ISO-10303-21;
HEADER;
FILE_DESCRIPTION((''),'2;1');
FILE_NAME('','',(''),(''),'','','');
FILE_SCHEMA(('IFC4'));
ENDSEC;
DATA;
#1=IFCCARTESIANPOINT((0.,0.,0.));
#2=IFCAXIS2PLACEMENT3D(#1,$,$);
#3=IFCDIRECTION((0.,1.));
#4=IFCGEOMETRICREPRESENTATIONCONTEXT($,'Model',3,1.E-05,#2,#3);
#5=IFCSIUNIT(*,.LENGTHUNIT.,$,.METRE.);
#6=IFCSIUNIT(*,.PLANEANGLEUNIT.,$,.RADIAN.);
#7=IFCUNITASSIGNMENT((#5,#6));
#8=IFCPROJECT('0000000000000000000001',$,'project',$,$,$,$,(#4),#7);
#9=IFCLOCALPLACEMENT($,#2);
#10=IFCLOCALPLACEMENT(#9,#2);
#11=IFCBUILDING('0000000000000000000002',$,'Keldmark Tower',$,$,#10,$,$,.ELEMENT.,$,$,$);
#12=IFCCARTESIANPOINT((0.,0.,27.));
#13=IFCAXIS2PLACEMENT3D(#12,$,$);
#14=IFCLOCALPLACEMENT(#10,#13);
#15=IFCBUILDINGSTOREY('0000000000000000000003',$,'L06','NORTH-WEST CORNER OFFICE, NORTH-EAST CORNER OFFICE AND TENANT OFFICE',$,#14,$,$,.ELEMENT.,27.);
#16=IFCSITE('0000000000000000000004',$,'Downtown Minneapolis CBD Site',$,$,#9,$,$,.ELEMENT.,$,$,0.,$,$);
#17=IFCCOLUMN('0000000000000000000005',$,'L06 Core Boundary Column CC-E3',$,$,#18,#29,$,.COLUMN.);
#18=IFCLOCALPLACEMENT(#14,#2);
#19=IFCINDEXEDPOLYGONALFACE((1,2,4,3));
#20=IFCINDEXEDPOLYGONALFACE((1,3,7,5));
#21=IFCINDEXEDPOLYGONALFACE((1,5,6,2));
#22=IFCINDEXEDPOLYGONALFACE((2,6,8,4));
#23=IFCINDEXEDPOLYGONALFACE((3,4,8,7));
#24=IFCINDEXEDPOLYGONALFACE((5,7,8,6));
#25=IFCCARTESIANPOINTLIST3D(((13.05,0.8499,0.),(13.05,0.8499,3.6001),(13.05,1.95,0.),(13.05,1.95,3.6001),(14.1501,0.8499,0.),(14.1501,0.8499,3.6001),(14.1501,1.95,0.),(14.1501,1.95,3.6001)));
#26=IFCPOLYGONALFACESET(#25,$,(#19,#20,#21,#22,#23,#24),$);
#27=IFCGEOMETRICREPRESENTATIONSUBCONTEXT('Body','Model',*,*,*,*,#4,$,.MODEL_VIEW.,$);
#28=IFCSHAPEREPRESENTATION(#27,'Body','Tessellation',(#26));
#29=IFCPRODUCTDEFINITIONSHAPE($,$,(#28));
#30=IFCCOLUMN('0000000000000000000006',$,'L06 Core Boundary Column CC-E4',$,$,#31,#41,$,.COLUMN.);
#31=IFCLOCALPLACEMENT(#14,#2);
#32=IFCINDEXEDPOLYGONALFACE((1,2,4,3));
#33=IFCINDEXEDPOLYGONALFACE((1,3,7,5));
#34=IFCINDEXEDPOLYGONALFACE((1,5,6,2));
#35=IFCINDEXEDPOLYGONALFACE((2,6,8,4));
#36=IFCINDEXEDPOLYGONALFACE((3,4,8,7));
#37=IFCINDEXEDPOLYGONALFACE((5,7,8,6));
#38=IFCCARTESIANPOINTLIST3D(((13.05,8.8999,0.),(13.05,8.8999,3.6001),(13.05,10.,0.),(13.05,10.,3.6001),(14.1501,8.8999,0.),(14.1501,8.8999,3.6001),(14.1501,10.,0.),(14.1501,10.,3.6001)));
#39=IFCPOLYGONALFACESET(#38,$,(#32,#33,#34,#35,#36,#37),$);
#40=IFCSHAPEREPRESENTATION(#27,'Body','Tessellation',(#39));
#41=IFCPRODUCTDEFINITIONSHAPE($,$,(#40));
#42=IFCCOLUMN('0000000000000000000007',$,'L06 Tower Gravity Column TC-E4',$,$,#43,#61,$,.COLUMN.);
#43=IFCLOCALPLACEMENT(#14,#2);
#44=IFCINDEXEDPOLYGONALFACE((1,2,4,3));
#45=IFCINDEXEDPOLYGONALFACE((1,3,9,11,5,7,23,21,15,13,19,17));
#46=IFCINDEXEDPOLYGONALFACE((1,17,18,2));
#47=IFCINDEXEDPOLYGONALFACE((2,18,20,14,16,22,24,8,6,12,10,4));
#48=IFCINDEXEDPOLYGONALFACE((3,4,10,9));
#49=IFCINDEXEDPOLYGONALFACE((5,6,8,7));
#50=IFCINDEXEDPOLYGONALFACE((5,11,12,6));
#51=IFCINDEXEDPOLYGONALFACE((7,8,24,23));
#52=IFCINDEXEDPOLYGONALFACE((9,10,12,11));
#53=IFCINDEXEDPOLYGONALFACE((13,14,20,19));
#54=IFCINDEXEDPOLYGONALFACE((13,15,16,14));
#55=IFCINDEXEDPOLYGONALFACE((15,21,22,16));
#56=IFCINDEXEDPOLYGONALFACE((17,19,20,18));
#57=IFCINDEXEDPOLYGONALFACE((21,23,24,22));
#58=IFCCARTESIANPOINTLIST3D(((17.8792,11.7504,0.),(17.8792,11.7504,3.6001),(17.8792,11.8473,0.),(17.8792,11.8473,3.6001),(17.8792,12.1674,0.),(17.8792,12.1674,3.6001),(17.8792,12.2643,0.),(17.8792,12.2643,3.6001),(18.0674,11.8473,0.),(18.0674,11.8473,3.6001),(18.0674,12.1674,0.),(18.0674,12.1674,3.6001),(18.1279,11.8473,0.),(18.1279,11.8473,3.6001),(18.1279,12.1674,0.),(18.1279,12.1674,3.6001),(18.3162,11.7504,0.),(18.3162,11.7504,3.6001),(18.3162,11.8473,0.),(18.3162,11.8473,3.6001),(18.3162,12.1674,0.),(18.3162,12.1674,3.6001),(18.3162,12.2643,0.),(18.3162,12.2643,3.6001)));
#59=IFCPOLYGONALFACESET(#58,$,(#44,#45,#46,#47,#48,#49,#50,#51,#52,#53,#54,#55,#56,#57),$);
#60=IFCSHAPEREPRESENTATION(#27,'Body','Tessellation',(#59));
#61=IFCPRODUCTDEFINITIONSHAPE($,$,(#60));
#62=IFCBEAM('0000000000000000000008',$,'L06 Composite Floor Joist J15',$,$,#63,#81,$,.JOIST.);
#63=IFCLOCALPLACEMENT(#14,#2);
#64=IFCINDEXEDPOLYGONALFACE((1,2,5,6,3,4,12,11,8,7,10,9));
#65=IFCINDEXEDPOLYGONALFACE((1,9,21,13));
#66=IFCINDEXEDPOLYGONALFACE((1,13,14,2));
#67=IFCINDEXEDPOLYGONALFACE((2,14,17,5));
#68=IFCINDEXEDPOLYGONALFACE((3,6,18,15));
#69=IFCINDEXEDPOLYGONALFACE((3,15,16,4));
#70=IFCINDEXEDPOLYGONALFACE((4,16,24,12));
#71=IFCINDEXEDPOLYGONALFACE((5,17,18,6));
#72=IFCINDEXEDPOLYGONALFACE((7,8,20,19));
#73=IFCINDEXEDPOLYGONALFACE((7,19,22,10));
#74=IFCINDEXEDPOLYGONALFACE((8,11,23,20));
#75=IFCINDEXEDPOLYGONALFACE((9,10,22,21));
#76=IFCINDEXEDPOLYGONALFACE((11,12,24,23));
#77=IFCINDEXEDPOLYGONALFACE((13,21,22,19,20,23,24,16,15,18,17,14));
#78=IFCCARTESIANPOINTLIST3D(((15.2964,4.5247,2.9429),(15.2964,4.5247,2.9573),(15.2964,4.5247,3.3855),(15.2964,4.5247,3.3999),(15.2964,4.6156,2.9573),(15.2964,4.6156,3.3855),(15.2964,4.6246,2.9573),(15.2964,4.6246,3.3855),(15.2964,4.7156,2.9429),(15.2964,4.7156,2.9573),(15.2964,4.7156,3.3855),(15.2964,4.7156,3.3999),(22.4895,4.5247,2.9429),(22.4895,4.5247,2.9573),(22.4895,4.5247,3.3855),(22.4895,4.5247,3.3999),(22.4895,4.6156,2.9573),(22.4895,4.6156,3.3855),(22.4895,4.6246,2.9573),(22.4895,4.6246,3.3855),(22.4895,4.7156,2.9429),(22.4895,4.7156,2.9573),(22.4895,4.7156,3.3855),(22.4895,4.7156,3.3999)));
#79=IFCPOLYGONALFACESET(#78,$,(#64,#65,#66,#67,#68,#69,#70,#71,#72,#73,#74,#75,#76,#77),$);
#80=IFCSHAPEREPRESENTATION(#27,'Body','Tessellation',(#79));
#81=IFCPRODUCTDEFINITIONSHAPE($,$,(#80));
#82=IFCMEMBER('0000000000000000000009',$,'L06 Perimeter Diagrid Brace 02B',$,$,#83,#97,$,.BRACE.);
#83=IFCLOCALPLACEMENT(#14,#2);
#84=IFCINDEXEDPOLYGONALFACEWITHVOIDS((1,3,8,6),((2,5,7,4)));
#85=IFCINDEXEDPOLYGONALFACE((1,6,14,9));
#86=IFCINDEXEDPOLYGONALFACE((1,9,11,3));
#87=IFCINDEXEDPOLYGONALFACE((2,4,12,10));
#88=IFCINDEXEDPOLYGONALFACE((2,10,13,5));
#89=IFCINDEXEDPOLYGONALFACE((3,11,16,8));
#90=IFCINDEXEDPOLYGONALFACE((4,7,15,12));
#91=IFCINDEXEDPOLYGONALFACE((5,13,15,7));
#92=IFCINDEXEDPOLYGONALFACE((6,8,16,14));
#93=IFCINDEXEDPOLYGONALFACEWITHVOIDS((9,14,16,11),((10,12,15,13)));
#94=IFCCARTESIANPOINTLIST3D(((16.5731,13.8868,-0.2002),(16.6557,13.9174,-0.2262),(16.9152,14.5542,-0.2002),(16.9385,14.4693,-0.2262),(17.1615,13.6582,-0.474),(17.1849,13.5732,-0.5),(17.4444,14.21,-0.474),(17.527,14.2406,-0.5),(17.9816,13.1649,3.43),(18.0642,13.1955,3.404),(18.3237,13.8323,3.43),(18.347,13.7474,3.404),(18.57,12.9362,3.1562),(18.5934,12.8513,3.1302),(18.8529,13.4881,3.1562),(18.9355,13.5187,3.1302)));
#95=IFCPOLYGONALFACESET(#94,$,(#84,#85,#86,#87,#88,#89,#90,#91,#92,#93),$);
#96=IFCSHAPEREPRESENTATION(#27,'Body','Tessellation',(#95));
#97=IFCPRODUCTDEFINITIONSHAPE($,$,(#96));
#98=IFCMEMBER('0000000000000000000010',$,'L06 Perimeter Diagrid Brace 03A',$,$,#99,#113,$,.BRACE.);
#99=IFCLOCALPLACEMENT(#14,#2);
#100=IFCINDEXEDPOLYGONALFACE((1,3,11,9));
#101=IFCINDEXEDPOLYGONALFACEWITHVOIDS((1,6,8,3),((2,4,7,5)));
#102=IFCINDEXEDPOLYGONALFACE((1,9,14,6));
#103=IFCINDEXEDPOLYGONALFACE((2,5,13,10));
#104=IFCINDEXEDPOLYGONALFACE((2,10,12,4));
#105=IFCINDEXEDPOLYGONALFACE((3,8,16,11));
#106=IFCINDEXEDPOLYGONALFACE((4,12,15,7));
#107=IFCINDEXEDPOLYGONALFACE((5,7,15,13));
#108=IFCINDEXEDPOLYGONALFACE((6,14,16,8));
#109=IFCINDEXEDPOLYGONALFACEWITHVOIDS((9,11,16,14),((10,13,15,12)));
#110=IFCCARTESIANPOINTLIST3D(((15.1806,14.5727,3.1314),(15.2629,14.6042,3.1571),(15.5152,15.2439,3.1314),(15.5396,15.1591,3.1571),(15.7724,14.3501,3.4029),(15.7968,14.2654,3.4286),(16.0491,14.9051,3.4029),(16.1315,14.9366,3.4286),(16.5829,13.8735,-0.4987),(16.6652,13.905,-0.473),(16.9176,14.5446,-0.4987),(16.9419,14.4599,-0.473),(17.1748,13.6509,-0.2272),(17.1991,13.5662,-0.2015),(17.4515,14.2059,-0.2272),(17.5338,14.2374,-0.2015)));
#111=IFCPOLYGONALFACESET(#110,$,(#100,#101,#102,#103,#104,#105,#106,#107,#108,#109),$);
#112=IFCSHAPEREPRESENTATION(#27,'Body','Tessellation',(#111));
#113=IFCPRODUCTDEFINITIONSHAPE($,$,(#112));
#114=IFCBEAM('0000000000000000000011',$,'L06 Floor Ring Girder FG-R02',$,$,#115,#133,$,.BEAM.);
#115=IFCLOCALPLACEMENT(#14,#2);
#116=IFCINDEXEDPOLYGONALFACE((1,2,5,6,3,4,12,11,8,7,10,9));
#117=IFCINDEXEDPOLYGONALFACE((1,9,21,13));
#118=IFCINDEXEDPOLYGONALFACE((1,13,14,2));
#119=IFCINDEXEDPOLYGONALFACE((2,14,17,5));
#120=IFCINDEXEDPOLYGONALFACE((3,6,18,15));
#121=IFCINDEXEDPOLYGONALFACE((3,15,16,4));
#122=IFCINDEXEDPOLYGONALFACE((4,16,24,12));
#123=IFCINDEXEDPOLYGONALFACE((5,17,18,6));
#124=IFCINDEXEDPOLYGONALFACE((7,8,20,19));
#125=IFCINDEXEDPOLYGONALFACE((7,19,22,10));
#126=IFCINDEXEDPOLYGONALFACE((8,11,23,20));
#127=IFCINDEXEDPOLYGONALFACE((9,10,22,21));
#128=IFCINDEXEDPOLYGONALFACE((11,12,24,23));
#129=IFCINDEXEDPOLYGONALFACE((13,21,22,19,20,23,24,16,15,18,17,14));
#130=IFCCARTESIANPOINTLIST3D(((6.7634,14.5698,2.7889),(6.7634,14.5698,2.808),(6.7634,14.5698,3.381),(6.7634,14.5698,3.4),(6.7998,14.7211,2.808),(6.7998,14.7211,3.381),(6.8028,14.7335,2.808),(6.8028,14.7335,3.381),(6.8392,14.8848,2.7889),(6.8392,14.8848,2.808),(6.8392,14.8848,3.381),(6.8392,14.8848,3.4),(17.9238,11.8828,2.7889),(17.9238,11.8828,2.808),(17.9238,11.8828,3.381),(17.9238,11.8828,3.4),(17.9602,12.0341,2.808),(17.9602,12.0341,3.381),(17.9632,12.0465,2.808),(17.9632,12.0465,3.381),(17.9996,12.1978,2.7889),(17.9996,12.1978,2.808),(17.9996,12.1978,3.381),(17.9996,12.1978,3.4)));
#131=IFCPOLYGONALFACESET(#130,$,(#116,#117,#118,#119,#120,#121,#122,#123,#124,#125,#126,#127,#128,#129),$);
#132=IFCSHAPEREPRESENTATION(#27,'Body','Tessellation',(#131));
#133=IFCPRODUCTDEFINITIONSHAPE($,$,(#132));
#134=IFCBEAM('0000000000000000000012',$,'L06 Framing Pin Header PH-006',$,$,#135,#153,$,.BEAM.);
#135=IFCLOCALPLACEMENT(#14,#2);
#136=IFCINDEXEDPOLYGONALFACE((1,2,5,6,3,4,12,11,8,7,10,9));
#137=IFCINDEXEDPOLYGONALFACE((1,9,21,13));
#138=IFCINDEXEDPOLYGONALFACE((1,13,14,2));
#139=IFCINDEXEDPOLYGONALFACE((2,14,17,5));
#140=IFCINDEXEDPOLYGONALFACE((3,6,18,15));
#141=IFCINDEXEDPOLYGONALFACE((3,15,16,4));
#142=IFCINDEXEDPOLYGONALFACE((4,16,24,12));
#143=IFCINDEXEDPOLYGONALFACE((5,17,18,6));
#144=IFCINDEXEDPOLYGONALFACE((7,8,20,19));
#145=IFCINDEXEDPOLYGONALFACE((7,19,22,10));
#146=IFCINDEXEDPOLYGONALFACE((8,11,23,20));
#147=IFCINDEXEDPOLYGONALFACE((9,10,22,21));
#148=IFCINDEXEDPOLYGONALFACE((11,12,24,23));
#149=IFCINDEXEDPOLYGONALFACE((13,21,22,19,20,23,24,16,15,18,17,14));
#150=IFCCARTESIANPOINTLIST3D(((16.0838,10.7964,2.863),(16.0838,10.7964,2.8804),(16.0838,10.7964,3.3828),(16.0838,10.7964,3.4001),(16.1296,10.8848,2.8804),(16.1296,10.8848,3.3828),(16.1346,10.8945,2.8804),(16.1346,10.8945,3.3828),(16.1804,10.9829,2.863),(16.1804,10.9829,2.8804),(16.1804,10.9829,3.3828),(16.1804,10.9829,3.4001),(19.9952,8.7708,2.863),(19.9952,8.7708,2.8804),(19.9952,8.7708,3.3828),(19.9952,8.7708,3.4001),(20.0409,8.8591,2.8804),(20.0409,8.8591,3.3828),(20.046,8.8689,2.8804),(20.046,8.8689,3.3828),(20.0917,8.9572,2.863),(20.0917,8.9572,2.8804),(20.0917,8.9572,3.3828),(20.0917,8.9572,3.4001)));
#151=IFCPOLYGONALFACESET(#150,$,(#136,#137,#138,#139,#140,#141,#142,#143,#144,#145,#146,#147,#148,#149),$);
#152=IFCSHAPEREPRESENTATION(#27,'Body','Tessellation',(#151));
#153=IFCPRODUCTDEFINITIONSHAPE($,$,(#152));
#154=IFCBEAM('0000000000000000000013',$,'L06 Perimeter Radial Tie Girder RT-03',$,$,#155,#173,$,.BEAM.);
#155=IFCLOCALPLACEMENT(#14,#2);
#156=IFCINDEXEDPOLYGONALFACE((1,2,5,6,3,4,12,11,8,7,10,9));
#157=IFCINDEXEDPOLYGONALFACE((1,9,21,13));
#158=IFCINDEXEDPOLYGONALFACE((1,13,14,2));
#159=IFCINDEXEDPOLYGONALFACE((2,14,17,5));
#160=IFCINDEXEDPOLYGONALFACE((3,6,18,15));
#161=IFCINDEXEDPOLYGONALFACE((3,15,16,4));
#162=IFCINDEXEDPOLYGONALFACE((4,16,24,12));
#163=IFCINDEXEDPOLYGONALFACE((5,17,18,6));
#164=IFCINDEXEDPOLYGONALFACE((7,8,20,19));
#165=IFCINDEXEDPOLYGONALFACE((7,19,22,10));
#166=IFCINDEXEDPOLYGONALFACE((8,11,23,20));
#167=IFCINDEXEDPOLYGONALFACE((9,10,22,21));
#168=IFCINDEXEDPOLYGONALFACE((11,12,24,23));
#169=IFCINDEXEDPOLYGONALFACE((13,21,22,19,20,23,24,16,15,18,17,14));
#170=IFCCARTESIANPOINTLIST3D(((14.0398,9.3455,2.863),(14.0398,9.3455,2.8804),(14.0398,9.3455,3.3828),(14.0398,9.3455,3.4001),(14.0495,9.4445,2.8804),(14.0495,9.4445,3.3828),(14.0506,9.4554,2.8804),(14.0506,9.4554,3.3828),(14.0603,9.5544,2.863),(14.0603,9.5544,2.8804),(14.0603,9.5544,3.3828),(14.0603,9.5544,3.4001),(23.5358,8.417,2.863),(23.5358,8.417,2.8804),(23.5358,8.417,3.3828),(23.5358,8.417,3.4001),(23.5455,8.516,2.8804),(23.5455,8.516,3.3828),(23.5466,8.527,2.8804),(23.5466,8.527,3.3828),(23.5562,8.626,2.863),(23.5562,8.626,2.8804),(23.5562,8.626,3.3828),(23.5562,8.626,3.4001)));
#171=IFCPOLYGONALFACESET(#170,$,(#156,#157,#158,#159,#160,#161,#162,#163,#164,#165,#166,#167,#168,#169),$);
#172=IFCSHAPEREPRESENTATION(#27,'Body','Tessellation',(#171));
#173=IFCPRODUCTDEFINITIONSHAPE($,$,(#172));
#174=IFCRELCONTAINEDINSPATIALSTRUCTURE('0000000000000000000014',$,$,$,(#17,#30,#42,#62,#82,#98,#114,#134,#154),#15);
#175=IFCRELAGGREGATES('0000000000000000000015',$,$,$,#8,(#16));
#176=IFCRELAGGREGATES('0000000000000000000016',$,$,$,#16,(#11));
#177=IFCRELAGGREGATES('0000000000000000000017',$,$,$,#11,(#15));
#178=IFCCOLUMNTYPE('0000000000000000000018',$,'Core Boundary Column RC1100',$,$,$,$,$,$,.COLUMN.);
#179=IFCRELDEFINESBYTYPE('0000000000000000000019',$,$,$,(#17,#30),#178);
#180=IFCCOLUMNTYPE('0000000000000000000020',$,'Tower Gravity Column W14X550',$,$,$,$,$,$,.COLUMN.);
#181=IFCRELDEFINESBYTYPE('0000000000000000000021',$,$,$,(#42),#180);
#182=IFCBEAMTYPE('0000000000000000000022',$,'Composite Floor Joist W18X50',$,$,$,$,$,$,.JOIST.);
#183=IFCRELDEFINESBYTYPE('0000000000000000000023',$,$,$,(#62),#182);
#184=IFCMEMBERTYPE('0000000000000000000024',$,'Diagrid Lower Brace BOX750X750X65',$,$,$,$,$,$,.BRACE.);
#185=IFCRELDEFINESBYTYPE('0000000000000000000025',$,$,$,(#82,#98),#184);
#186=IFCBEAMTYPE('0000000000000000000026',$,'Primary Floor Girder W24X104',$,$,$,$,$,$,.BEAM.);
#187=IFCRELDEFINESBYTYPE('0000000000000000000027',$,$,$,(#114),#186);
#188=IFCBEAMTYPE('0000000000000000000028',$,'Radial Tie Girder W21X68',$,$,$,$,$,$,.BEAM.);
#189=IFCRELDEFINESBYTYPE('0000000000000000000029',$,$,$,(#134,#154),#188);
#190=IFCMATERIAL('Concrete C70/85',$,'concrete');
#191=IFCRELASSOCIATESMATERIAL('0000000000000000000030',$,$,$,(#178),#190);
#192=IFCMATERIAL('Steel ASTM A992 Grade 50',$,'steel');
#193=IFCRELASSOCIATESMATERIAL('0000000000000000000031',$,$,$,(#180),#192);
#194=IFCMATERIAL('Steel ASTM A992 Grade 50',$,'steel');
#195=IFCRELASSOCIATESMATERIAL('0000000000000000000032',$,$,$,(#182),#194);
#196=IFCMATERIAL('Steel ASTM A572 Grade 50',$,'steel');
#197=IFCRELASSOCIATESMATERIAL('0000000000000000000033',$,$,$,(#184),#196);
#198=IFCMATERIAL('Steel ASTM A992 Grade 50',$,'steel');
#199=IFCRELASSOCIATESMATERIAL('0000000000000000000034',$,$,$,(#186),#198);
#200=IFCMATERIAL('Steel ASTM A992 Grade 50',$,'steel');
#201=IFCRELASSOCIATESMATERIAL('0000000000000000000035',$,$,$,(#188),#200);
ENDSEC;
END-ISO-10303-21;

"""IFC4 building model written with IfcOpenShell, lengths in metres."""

from ifc_helpers import new_model, si_unit, direction, frame, origin, origin_2d, place, context, subcontext, project, spatial, rectangle, hollow_rectangle, i_section, extrude, material, material_profile, profile_set, type_object, element, save


model = new_model("IFC4")

# Units and contexts
model_context = context("Model", 3, precision=1e-05, world=origin(), true_north=direction((0.0, 1.0)))
body_context = subcontext(model_context, "Body", "Model", "MODEL_VIEW")
ifc_project = project(units=[si_unit("LENGTHUNIT", "METRE"), si_unit("PLANEANGLEUNIT", "RADIAN")], contexts=[model_context])

# Site, building, storey
site_placement = place(None, origin())
site = spatial("IfcSite", under=ifc_project, at=site_placement, Name="Downtown Minneapolis CBD Site", CompositionType="ELEMENT", RefElevation=0.0)
building_placement = place(site_placement, origin())
building = spatial("IfcBuilding", under=site, at=building_placement, Name="Keldmark Tower", CompositionType="ELEMENT")
storey_placement = place(building_placement, frame((0.0, 0.0, 27.0)))
storey = spatial("IfcBuildingStorey", under=building, at=storey_placement, Name="L06", Description="NORTH-WEST CORNER OFFICE, NORTH-EAST CORNER OFFICE AND TENANT OFFICE", CompositionType="ELEMENT", Elevation=27.0)

# Columns
ifc_material_1 = material(Name="Concrete C70/85", Category="concrete")
ifc_material_profile_1 = material_profile(ifc_material_1, rectangle(XDim=1.1001, YDim=1.1001, at=origin_2d()), Name="RC1100X1100")
ifc_profile_set_1 = profile_set([ifc_material_profile_1], Name="Concrete C70/85")
column_type_1 = type_object("IfcColumnType", Name="Core Boundary Column RC1100", PredefinedType="COLUMN", material=ifc_profile_set_1)
for number, where, z_axis, x_axis, name in (
    (1, (13.6001, 1.3999, 0.0), (0.0, 0.0, 1.0), (1.0, 0.0, 0.0), "L06 Core Boundary Column CC-E3"),
    (2, (13.6001, 9.45, 0.0), (0.0, 0.0, 1.0), (1.0, 0.0, 0.0), "L06 Core Boundary Column CC-E4"),
):
    element("IfcColumn", number, at=place(storey_placement, frame(where, z_axis=z_axis, x_axis=x_axis)), inside=storey, type_object=column_type_1, Name=name, PredefinedType="COLUMN", context=body_context, shape_type="SweptSolid", body=[
        extrude(rectangle(XDim=1.1001, YDim=1.1001, at=origin_2d()), origin(), (0.0, 0.0, 1.0), 3.6001),
    ])
ifc_material_2 = material(Name="Steel ASTM A992 Grade 50", Category="steel")
ifc_material_profile_2 = material_profile(ifc_material_2, i_section(OverallWidth=0.437, OverallDepth=0.5139, WebThickness=0.0605, FlangeThickness=0.0969, at=origin_2d()), Name="W14X550")
ifc_profile_set_2 = profile_set([ifc_material_profile_2], Name="Steel ASTM A992 Grade 50")
column_type_2 = type_object("IfcColumnType", Name="Tower Gravity Column W14X550", PredefinedType="COLUMN", material=ifc_profile_set_2)
column_placement = place(storey_placement, frame((18.0977, 12.0073, 0.0), z_axis=(0.0, 0.0, 1.0), x_axis=(1.0, 0.0, 0.0)))
element("IfcColumn", 3, at=column_placement, inside=storey, type_object=column_type_2, Name="L06 Tower Gravity Column TC-E4", PredefinedType="COLUMN", context=body_context, shape_type="SweptSolid", body=[
    extrude(i_section(OverallWidth=0.437, OverallDepth=0.5139, WebThickness=0.0605, FlangeThickness=0.0969, at=origin_2d()), origin(), (0.0, 0.0, 1.0), 3.6001),
])

# Beam
ifc_material_3 = material(Name="Steel ASTM A992 Grade 50", Category="steel")
ifc_material_profile_3 = material_profile(ifc_material_3, i_section(OverallWidth=0.1909, OverallDepth=0.457, WebThickness=0.009, FlangeThickness=0.0144, at=origin_2d()), Name="W18X50")
ifc_profile_set_3 = profile_set([ifc_material_profile_3], Name="Steel ASTM A992 Grade 50")
beam_type_1 = type_object("IfcBeamType", Name="Composite Floor Joist W18X50", PredefinedType="JOIST", material=ifc_profile_set_3)
beam_1_placement = place(storey_placement, frame((15.2964, 4.6201, 3.1714), z_axis=(1.0, 0.0, 0.0), x_axis=(0.0, 1.0, 0.0)))
element("IfcBeam", 4, at=beam_1_placement, inside=storey, type_object=beam_type_1, Name="L06 Composite Floor Joist J15", PredefinedType="JOIST", context=body_context, shape_type="SweptSolid", body=[
    extrude(i_section(OverallWidth=0.1909, OverallDepth=0.457, WebThickness=0.009, FlangeThickness=0.0144, at=origin_2d()), origin(), (0.0, 0.0, 1.0), 7.1931),
])

# Members
ifc_material_4 = material(Name="Steel ASTM A572 Grade 50", Category="steel")
ifc_material_profile_4 = material_profile(ifc_material_4, hollow_rectangle(XDim=0.75, YDim=0.75, WallThickness=0.0649, at=origin_2d()), Name="BOX750X750X65")
ifc_profile_set_4 = profile_set([ifc_material_profile_4], Name="Steel ASTM A572 Grade 50")
member_type = type_object("IfcMemberType", Name="Diagrid Lower Brace BOX750X750X65", PredefinedType="BRACE", material=ifc_profile_set_4)
member_1_placement = place(storey_placement, frame((17.05, 14.0637, -0.3501), z_axis=(0.355656, -0.182297, 0.916666), x_axis=(0.456138, 0.889909, 0.0)))
element("IfcMember", 5, at=member_1_placement, inside=storey, type_object=member_type, Name="L06 Perimeter Diagrid Brace 02B", PredefinedType="BRACE", context=body_context, shape_type="SweptSolid", body=[
    extrude(hollow_rectangle(XDim=0.75, YDim=0.75, WallThickness=0.0649, at=origin_2d()), origin(), (0.0, 0.0, 1.0), 3.9602),
])
member_2_placement = place(storey_placement, frame((17.0583, 14.0554, -0.3501), z_axis=(-0.354674, 0.176843, 0.918114), x_axis=(-0.446216, -0.894925, 0.0)))
element("IfcMember", 6, at=member_2_placement, inside=storey, type_object=member_type, Name="L06 Perimeter Diagrid Brace 03A", PredefinedType="BRACE", context=body_context, shape_type="SweptSolid", body=[
    extrude(hollow_rectangle(XDim=0.75, YDim=0.75, WallThickness=0.0649, at=origin_2d()), origin(), (0.0, 0.0, 1.0), 3.9539),
])

# Beams
ifc_material_5 = material(Name="Steel ASTM A992 Grade 50", Category="steel")
ifc_material_profile_5 = material_profile(ifc_material_5, i_section(OverallWidth=0.324, OverallDepth=0.6111, WebThickness=0.0127, FlangeThickness=0.019, at=origin_2d()), Name="W24X104")
ifc_profile_set_5 = profile_set([ifc_material_profile_5], Name="Steel ASTM A992 Grade 50")
beam_type_2 = type_object("IfcBeamType", Name="Primary Floor Girder W24X104", PredefinedType="BEAM", material=ifc_profile_set_5)
beam_2_placement = place(storey_placement, frame((17.9617, 12.0403, 3.0945), z_axis=(-0.972219, 0.234074, 0.0), x_axis=(-0.234074, -0.972219, 0.0)))
element("IfcBeam", 7, at=beam_2_placement, inside=storey, type_object=beam_type_2, Name="L06 Floor Ring Girder FG-R02", PredefinedType="BEAM", context=body_context, shape_type="SweptSolid", body=[
    extrude(i_section(OverallWidth=0.324, OverallDepth=0.6111, WebThickness=0.0127, FlangeThickness=0.019, at=origin_2d()), origin(), (0.0, 0.0, 1.0), 11.4792),
])
ifc_material_6 = material(Name="Steel ASTM A992 Grade 50", Category="steel")
ifc_material_profile_6 = material_profile(ifc_material_6, i_section(OverallWidth=0.21, OverallDepth=0.5371, WebThickness=0.011, FlangeThickness=0.0173, at=origin_2d()), Name="W21X68")
ifc_profile_set_6 = profile_set([ifc_material_profile_6], Name="Steel ASTM A992 Grade 50")
beam_type_3 = type_object("IfcBeamType", Name="Radial Tie Girder W21X68", PredefinedType="BEAM", material=ifc_profile_set_6)
beam_3_placement = place(storey_placement, frame((16.1321, 10.8896, 3.1316), z_axis=(0.887985, -0.459872, 0.0), x_axis=(0.459872, 0.887985, 0.0)))
element("IfcBeam", 8, at=beam_3_placement, inside=storey, type_object=beam_type_3, Name="L06 Framing Pin Header PH-006", PredefinedType="BEAM", context=body_context, shape_type="SweptSolid", body=[
    extrude(i_section(OverallWidth=0.21, OverallDepth=0.5371, WebThickness=0.011, FlangeThickness=0.0173, at=origin_2d()), origin(), (0.0, 0.0, 1.0), 4.4048),
])
beam_4_placement = place(storey_placement, frame((14.05, 9.45, 3.1316), z_axis=(0.995254, -0.09731, 0.0), x_axis=(0.09731, 0.995254, 0.0)))
element("IfcBeam", 9, at=beam_4_placement, inside=storey, type_object=beam_type_3, Name="L06 Perimeter Radial Tie Girder RT-03", PredefinedType="BEAM", context=body_context, shape_type="SweptSolid", body=[
    extrude(i_section(OverallWidth=0.21, OverallDepth=0.5371, WebThickness=0.011, FlangeThickness=0.0173, at=origin_2d()), origin(), (0.0, 0.0, 1.0), 9.5413),
])

save(model, "model.ifc")
